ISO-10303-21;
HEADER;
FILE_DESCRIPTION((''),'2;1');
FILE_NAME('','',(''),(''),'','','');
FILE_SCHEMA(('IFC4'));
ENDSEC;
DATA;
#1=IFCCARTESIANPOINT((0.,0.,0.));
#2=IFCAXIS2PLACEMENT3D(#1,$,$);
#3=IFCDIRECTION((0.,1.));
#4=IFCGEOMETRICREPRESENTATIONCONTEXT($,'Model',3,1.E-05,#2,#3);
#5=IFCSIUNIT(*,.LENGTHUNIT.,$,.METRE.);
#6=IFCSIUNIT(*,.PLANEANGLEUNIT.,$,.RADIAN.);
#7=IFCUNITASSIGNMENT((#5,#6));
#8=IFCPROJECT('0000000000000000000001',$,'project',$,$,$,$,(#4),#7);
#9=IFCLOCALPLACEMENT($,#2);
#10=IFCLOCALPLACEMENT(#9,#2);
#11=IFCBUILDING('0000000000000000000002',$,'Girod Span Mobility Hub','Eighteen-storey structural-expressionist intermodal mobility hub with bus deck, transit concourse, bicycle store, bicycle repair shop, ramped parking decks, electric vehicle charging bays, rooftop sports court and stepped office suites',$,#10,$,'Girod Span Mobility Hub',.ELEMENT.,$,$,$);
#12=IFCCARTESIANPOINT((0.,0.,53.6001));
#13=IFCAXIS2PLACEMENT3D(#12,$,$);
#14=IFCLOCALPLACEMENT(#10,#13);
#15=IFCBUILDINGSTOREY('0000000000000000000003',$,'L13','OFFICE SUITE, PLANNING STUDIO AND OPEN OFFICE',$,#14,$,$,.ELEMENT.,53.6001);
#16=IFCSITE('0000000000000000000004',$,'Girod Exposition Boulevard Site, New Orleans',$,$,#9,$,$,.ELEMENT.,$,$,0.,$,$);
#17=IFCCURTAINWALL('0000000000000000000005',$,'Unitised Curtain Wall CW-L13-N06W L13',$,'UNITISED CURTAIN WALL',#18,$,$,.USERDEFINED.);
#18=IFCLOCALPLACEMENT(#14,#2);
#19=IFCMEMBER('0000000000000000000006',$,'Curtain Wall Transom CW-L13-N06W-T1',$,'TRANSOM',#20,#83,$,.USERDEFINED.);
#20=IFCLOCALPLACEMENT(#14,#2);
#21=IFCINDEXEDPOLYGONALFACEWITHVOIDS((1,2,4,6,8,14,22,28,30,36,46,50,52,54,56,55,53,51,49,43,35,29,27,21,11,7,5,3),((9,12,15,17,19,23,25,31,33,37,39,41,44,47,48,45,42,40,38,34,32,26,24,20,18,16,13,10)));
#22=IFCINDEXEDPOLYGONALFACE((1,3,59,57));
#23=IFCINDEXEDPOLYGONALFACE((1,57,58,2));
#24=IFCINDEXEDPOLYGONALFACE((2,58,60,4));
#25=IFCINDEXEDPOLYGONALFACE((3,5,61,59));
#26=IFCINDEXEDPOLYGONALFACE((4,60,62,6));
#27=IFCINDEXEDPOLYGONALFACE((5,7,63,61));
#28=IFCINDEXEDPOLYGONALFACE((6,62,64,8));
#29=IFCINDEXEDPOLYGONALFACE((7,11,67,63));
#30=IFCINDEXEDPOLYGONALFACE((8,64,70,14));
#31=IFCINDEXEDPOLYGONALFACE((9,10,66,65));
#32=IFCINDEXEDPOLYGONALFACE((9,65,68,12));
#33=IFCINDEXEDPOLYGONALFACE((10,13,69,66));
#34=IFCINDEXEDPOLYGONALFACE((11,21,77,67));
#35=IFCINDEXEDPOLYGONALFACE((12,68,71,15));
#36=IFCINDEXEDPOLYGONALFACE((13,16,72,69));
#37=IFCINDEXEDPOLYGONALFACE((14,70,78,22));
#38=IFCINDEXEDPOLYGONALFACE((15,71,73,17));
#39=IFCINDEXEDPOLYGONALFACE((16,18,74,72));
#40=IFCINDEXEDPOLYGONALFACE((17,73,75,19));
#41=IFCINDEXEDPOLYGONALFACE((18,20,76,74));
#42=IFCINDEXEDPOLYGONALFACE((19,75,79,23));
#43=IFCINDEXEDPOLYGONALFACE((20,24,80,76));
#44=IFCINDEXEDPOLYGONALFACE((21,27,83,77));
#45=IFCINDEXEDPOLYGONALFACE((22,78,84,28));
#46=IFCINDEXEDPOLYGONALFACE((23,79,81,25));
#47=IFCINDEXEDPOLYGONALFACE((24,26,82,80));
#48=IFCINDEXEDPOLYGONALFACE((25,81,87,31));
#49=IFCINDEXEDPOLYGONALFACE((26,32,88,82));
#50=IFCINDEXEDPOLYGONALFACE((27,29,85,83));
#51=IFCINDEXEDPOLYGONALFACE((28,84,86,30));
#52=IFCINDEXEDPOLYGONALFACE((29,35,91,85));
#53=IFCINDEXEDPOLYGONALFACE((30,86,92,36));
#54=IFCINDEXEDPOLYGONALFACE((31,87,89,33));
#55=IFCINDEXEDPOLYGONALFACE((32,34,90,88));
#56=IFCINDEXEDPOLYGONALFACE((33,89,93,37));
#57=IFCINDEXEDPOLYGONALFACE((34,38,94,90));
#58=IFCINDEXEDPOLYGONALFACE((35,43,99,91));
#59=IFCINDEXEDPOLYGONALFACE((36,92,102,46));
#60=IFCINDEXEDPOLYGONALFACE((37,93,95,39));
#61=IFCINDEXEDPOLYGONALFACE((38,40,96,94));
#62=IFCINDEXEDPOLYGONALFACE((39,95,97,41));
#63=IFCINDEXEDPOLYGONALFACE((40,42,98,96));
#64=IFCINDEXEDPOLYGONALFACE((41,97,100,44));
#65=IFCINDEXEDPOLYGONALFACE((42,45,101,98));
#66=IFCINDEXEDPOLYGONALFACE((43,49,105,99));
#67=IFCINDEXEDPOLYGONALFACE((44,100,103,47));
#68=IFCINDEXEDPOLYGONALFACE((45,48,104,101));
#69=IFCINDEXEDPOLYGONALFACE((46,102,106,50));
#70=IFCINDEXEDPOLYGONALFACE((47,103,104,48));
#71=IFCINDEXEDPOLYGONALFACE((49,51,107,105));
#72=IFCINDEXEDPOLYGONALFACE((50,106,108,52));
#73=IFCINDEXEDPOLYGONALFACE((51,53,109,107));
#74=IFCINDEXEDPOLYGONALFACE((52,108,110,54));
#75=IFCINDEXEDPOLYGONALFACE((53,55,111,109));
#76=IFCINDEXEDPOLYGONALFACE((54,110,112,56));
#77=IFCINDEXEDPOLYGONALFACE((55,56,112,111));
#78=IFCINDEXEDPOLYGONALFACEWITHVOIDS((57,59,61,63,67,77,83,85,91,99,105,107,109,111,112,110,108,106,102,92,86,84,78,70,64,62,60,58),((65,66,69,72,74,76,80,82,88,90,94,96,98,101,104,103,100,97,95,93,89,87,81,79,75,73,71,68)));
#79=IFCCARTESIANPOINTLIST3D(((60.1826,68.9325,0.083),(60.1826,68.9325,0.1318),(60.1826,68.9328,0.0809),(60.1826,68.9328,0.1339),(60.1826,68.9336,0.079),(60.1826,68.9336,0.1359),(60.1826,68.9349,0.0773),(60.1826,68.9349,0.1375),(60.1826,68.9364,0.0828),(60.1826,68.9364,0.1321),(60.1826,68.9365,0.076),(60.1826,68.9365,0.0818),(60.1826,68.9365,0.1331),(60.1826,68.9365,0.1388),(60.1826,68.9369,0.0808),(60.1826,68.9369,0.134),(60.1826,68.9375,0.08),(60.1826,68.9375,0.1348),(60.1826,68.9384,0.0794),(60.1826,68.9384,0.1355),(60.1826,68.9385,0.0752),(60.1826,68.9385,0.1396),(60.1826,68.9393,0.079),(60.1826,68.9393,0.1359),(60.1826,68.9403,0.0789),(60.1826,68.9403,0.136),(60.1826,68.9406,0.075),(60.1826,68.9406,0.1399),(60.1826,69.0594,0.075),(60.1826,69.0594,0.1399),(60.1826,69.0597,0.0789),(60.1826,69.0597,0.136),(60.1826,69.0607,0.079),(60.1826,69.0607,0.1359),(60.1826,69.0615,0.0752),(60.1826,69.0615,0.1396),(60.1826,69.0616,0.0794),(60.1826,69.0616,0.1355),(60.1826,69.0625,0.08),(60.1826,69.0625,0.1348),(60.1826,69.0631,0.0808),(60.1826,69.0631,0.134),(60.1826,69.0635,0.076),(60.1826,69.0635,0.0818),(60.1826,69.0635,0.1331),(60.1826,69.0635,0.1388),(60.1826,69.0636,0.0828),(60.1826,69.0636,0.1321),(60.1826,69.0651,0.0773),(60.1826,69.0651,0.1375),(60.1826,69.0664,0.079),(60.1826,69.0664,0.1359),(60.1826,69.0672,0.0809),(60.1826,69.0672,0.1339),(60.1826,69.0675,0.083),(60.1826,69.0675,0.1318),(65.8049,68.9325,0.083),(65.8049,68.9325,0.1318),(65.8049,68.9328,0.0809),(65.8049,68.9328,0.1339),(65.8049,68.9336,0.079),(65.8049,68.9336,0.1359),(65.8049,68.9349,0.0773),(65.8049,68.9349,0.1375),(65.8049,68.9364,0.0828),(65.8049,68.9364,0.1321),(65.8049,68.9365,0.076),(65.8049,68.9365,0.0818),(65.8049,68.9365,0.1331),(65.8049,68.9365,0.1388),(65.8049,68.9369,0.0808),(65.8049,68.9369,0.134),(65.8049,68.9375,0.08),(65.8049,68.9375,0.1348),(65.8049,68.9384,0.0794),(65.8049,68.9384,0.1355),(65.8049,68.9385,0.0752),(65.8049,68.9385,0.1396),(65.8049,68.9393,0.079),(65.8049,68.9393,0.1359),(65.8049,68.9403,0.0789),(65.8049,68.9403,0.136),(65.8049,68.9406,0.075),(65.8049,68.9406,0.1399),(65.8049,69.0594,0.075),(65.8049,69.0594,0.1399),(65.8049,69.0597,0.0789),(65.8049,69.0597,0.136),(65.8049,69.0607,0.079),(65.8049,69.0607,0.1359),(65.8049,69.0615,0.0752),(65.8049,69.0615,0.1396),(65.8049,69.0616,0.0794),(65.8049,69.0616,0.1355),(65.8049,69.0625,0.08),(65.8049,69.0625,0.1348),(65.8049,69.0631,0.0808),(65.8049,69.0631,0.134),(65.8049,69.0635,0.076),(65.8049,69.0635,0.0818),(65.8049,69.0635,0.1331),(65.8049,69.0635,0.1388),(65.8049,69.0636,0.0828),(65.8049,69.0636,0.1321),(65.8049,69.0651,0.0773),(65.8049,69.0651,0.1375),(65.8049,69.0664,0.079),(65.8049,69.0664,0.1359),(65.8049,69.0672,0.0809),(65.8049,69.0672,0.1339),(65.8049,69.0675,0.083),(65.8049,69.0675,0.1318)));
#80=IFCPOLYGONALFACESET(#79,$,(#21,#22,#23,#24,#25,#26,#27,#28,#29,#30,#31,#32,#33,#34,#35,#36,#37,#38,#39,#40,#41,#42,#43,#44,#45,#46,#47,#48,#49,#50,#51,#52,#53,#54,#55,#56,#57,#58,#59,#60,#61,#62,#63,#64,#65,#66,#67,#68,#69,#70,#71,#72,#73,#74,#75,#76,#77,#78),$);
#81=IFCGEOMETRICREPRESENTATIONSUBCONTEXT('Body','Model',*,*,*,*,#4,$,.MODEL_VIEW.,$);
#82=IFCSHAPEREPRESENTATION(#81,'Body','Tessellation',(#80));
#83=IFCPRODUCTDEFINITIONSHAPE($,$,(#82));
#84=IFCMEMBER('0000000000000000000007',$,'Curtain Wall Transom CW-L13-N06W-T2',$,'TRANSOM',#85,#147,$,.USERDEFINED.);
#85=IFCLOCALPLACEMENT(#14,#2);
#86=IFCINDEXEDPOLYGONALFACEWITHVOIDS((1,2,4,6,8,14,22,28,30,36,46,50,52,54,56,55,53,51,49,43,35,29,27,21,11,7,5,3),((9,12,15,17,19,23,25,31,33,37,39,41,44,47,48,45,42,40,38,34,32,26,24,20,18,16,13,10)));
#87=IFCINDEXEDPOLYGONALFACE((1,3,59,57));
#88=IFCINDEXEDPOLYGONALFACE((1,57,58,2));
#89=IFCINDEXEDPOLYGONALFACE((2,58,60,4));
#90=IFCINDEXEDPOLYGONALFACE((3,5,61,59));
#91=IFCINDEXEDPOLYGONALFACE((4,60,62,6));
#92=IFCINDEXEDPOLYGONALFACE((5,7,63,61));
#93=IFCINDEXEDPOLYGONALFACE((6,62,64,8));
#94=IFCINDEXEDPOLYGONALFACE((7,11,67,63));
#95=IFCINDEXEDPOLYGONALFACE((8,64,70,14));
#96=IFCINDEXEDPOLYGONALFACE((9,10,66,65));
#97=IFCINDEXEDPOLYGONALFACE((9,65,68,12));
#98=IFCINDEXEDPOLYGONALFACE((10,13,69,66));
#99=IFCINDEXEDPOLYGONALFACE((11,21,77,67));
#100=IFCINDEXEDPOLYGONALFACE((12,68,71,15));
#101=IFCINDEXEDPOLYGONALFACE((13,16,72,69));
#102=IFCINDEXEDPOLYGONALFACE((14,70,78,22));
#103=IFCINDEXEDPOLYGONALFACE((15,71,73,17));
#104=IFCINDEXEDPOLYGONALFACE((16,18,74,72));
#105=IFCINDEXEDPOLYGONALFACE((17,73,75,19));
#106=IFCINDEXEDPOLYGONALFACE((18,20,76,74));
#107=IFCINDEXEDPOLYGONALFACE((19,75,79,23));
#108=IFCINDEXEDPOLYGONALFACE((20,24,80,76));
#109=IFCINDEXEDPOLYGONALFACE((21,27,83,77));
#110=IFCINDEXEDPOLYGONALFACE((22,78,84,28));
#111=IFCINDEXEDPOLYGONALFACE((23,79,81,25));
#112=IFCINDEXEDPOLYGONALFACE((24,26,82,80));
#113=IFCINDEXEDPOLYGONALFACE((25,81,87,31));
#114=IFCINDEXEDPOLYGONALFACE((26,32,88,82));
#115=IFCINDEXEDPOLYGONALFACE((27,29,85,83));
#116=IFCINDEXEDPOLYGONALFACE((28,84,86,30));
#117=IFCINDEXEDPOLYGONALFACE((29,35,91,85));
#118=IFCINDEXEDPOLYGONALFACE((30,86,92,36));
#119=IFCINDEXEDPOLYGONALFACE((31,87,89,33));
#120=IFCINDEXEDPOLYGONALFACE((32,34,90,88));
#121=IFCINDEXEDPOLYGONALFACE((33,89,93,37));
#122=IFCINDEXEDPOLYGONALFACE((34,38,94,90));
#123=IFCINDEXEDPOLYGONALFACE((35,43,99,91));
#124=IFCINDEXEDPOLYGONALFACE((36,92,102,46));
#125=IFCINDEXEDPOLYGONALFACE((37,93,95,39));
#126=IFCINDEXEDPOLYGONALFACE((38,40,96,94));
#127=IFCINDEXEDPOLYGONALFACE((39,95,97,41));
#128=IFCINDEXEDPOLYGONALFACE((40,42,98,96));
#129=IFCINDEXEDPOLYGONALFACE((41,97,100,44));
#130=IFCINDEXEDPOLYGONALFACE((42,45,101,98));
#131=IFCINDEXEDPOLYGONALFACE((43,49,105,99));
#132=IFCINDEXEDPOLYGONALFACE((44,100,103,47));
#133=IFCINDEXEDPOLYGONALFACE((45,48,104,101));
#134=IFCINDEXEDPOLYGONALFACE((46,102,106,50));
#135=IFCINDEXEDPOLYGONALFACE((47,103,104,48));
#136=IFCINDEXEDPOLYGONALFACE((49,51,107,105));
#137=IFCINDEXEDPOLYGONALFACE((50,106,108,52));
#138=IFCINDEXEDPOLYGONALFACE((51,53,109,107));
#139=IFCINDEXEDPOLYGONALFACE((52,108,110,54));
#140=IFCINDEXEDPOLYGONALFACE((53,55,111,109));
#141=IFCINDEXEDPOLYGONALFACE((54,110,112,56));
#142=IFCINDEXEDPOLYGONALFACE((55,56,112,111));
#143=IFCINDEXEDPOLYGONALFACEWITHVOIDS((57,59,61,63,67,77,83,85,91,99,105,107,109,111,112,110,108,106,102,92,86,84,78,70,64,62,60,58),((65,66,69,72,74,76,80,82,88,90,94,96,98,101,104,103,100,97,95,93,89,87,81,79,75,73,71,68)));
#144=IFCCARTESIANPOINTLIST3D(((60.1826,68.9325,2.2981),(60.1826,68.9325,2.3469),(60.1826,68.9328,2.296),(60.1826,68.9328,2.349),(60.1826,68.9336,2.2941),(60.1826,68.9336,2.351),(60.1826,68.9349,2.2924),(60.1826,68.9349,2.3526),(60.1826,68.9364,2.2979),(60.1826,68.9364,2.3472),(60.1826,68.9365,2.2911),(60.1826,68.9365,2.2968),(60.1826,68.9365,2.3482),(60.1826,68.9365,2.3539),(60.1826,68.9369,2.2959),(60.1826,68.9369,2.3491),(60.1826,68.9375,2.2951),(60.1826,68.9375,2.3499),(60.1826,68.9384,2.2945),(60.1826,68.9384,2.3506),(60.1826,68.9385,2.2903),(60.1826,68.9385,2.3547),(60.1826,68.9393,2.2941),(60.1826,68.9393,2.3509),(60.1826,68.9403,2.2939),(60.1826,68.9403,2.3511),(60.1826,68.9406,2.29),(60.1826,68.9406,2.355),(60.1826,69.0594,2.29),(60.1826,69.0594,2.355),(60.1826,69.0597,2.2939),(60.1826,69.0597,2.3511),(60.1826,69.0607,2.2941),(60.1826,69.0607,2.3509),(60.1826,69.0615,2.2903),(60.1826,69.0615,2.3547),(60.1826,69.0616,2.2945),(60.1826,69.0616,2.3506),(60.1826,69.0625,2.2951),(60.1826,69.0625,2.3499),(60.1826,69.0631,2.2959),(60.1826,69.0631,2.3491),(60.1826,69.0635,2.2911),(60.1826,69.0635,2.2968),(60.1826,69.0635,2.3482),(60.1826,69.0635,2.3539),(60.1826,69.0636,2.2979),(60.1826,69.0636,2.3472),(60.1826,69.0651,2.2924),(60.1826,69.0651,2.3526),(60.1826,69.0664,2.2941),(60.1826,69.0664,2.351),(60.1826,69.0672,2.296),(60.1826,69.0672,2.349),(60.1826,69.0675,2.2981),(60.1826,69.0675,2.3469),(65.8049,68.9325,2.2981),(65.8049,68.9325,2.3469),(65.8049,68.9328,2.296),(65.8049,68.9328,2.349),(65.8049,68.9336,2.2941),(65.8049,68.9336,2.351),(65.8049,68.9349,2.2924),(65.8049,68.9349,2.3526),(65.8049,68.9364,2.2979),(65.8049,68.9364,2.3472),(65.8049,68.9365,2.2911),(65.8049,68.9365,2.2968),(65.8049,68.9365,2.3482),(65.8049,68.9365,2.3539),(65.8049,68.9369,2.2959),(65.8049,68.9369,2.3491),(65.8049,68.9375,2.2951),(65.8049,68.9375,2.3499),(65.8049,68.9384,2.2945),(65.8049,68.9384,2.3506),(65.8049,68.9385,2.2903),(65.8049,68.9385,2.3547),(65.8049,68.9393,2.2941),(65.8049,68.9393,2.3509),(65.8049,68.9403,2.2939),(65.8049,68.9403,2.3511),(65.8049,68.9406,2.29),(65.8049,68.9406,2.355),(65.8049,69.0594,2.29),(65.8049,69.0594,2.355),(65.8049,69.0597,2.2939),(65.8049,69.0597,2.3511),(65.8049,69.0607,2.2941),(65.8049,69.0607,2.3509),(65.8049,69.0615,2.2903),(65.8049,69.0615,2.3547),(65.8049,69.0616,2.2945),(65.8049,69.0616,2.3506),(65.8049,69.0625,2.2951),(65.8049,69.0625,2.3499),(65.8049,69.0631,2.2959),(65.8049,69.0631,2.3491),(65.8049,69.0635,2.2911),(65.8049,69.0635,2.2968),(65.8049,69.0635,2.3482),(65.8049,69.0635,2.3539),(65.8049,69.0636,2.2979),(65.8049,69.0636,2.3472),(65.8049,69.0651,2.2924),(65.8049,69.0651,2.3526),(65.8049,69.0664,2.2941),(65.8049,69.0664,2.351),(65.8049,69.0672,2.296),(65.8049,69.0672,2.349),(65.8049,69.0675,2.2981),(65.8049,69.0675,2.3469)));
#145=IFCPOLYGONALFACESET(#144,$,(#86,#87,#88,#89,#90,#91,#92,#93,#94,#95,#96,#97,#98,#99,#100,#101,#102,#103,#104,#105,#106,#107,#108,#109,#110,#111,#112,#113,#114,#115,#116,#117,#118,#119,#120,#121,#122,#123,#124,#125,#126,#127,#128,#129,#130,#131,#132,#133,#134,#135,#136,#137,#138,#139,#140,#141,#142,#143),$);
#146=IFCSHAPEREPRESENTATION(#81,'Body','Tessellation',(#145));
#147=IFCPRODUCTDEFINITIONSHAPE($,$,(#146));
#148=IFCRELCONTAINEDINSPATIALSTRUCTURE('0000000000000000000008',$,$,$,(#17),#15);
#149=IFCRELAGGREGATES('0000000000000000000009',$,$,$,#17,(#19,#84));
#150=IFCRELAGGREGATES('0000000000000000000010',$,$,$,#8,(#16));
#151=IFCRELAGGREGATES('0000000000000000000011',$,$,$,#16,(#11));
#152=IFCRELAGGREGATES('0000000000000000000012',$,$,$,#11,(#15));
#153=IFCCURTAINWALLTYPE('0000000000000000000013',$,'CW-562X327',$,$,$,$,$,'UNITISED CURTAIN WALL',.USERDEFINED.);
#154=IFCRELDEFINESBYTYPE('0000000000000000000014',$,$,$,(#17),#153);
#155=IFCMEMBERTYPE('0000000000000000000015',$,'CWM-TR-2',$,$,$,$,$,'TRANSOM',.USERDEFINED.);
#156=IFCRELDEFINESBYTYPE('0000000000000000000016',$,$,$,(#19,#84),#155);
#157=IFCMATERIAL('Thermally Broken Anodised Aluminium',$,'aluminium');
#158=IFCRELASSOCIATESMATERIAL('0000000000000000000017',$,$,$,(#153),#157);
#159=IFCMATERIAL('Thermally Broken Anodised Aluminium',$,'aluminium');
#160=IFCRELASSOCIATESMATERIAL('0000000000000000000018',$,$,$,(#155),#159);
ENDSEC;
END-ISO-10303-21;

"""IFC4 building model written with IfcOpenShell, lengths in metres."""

from ifc_helpers import new_model, si_unit, direction, frame, origin, origin_2d, place, context, subcontext, project, spatial, hollow_rectangle, extrude, material, material_profile, profile_set, type_object, element, aggregate, save


model = new_model("IFC4")

# Units and contexts
model_context = context("Model", 3, precision=1e-05, world=origin(), true_north=direction((0.0, 1.0)))
body_context = subcontext(model_context, "Body", "Model", "MODEL_VIEW")
ifc_project = project(units=[si_unit("LENGTHUNIT", "METRE"), si_unit("PLANEANGLEUNIT", "RADIAN")], contexts=[model_context])

# Site, building, storey
site_placement = place(None, origin())
site = spatial("IfcSite", under=ifc_project, at=site_placement, Name="Girod Exposition Boulevard Site, New Orleans", CompositionType="ELEMENT", RefElevation=0.0)
building_placement = place(site_placement, origin())
building = spatial("IfcBuilding", under=site, at=building_placement, Name="Girod Span Mobility Hub", Description="Eighteen-storey structural-expressionist intermodal mobility hub with bus deck, transit concourse, bicycle store, bicycle repair shop, ramped parking decks, electric vehicle charging bays, rooftop sports court and stepped office suites", LongName="Girod Span Mobility Hub", CompositionType="ELEMENT")
storey_placement = place(building_placement, frame((0.0, 0.0, 53.6001)))
storey = spatial("IfcBuildingStorey", under=building, at=storey_placement, Name="L13", Description="OFFICE SUITE, PLANNING STUDIO AND OPEN OFFICE", CompositionType="ELEMENT", Elevation=53.6001)

# Curtain wall, members
ifc_material_1 = material(Name="Thermally Broken Anodised Aluminium", Category="aluminium")
curtain_wall_type_1 = type_object("IfcCurtainWallType", Name="CW-562X327", ElementType="UNITISED CURTAIN WALL", PredefinedType="USERDEFINED", material=ifc_material_1)
curtain_wall_1_placement = place(storey_placement, origin())
curtain_wall_1 = element("IfcCurtainWall", 1, at=curtain_wall_1_placement, inside=storey, type_object=curtain_wall_type_1, Name="Unitised Curtain Wall CW-L13-N06W L13", ObjectType="UNITISED CURTAIN WALL", PredefinedType="USERDEFINED")
ifc_material_2 = material(Name="Thermally Broken Anodised Aluminium", Category="aluminium")
ifc_material_profile_1 = material_profile(ifc_material_2, hollow_rectangle(XDim=0.135, YDim=0.0649, WallThickness=0.0039, InnerFilletRadius=0.0039, OuterFilletRadius=0.0081, at=origin_2d()), Name="CW-TR-65X135")
ifc_profile_set_1 = profile_set([ifc_material_profile_1], Name="Thermally Broken Anodised Aluminium")
member_type_1 = type_object("IfcMemberType", Name="CWM-TR-2", ElementType="TRANSOM", PredefinedType="USERDEFINED", material=ifc_profile_set_1)
member_1_placement = place(storey_placement, frame((60.1826, 69.0, 0.1074), z_axis=(1.0, 0.0, 0.0), x_axis=(0.0, 1.0, 0.0)))
member_1 = element("IfcMember", 2, at=member_1_placement, type_object=member_type_1, Name="Curtain Wall Transom CW-L13-N06W-T1", ObjectType="TRANSOM", PredefinedType="USERDEFINED", context=body_context, shape_type="SweptSolid", body=[
    extrude(hollow_rectangle(XDim=0.135, YDim=0.0649, WallThickness=0.0039, InnerFilletRadius=0.0039, OuterFilletRadius=0.0081, at=origin_2d()), origin(), (0.0, 0.0, 1.0), 5.6223),
])
member_2_placement = place(storey_placement, frame((60.1826, 69.0, 2.3225), z_axis=(1.0, 0.0, 0.0), x_axis=(0.0, 1.0, 0.0)))
member_2 = element("IfcMember", 3, at=member_2_placement, type_object=member_type_1, Name="Curtain Wall Transom CW-L13-N06W-T2", ObjectType="TRANSOM", PredefinedType="USERDEFINED", context=body_context, shape_type="SweptSolid", body=[
    extrude(hollow_rectangle(XDim=0.135, YDim=0.0649, WallThickness=0.0039, InnerFilletRadius=0.0039, OuterFilletRadius=0.0081, at=origin_2d()), origin(), (0.0, 0.0, 1.0), 5.6223),
])
aggregate(curtain_wall_1, [member_1, member_2])

save(model, "model.ifc")
